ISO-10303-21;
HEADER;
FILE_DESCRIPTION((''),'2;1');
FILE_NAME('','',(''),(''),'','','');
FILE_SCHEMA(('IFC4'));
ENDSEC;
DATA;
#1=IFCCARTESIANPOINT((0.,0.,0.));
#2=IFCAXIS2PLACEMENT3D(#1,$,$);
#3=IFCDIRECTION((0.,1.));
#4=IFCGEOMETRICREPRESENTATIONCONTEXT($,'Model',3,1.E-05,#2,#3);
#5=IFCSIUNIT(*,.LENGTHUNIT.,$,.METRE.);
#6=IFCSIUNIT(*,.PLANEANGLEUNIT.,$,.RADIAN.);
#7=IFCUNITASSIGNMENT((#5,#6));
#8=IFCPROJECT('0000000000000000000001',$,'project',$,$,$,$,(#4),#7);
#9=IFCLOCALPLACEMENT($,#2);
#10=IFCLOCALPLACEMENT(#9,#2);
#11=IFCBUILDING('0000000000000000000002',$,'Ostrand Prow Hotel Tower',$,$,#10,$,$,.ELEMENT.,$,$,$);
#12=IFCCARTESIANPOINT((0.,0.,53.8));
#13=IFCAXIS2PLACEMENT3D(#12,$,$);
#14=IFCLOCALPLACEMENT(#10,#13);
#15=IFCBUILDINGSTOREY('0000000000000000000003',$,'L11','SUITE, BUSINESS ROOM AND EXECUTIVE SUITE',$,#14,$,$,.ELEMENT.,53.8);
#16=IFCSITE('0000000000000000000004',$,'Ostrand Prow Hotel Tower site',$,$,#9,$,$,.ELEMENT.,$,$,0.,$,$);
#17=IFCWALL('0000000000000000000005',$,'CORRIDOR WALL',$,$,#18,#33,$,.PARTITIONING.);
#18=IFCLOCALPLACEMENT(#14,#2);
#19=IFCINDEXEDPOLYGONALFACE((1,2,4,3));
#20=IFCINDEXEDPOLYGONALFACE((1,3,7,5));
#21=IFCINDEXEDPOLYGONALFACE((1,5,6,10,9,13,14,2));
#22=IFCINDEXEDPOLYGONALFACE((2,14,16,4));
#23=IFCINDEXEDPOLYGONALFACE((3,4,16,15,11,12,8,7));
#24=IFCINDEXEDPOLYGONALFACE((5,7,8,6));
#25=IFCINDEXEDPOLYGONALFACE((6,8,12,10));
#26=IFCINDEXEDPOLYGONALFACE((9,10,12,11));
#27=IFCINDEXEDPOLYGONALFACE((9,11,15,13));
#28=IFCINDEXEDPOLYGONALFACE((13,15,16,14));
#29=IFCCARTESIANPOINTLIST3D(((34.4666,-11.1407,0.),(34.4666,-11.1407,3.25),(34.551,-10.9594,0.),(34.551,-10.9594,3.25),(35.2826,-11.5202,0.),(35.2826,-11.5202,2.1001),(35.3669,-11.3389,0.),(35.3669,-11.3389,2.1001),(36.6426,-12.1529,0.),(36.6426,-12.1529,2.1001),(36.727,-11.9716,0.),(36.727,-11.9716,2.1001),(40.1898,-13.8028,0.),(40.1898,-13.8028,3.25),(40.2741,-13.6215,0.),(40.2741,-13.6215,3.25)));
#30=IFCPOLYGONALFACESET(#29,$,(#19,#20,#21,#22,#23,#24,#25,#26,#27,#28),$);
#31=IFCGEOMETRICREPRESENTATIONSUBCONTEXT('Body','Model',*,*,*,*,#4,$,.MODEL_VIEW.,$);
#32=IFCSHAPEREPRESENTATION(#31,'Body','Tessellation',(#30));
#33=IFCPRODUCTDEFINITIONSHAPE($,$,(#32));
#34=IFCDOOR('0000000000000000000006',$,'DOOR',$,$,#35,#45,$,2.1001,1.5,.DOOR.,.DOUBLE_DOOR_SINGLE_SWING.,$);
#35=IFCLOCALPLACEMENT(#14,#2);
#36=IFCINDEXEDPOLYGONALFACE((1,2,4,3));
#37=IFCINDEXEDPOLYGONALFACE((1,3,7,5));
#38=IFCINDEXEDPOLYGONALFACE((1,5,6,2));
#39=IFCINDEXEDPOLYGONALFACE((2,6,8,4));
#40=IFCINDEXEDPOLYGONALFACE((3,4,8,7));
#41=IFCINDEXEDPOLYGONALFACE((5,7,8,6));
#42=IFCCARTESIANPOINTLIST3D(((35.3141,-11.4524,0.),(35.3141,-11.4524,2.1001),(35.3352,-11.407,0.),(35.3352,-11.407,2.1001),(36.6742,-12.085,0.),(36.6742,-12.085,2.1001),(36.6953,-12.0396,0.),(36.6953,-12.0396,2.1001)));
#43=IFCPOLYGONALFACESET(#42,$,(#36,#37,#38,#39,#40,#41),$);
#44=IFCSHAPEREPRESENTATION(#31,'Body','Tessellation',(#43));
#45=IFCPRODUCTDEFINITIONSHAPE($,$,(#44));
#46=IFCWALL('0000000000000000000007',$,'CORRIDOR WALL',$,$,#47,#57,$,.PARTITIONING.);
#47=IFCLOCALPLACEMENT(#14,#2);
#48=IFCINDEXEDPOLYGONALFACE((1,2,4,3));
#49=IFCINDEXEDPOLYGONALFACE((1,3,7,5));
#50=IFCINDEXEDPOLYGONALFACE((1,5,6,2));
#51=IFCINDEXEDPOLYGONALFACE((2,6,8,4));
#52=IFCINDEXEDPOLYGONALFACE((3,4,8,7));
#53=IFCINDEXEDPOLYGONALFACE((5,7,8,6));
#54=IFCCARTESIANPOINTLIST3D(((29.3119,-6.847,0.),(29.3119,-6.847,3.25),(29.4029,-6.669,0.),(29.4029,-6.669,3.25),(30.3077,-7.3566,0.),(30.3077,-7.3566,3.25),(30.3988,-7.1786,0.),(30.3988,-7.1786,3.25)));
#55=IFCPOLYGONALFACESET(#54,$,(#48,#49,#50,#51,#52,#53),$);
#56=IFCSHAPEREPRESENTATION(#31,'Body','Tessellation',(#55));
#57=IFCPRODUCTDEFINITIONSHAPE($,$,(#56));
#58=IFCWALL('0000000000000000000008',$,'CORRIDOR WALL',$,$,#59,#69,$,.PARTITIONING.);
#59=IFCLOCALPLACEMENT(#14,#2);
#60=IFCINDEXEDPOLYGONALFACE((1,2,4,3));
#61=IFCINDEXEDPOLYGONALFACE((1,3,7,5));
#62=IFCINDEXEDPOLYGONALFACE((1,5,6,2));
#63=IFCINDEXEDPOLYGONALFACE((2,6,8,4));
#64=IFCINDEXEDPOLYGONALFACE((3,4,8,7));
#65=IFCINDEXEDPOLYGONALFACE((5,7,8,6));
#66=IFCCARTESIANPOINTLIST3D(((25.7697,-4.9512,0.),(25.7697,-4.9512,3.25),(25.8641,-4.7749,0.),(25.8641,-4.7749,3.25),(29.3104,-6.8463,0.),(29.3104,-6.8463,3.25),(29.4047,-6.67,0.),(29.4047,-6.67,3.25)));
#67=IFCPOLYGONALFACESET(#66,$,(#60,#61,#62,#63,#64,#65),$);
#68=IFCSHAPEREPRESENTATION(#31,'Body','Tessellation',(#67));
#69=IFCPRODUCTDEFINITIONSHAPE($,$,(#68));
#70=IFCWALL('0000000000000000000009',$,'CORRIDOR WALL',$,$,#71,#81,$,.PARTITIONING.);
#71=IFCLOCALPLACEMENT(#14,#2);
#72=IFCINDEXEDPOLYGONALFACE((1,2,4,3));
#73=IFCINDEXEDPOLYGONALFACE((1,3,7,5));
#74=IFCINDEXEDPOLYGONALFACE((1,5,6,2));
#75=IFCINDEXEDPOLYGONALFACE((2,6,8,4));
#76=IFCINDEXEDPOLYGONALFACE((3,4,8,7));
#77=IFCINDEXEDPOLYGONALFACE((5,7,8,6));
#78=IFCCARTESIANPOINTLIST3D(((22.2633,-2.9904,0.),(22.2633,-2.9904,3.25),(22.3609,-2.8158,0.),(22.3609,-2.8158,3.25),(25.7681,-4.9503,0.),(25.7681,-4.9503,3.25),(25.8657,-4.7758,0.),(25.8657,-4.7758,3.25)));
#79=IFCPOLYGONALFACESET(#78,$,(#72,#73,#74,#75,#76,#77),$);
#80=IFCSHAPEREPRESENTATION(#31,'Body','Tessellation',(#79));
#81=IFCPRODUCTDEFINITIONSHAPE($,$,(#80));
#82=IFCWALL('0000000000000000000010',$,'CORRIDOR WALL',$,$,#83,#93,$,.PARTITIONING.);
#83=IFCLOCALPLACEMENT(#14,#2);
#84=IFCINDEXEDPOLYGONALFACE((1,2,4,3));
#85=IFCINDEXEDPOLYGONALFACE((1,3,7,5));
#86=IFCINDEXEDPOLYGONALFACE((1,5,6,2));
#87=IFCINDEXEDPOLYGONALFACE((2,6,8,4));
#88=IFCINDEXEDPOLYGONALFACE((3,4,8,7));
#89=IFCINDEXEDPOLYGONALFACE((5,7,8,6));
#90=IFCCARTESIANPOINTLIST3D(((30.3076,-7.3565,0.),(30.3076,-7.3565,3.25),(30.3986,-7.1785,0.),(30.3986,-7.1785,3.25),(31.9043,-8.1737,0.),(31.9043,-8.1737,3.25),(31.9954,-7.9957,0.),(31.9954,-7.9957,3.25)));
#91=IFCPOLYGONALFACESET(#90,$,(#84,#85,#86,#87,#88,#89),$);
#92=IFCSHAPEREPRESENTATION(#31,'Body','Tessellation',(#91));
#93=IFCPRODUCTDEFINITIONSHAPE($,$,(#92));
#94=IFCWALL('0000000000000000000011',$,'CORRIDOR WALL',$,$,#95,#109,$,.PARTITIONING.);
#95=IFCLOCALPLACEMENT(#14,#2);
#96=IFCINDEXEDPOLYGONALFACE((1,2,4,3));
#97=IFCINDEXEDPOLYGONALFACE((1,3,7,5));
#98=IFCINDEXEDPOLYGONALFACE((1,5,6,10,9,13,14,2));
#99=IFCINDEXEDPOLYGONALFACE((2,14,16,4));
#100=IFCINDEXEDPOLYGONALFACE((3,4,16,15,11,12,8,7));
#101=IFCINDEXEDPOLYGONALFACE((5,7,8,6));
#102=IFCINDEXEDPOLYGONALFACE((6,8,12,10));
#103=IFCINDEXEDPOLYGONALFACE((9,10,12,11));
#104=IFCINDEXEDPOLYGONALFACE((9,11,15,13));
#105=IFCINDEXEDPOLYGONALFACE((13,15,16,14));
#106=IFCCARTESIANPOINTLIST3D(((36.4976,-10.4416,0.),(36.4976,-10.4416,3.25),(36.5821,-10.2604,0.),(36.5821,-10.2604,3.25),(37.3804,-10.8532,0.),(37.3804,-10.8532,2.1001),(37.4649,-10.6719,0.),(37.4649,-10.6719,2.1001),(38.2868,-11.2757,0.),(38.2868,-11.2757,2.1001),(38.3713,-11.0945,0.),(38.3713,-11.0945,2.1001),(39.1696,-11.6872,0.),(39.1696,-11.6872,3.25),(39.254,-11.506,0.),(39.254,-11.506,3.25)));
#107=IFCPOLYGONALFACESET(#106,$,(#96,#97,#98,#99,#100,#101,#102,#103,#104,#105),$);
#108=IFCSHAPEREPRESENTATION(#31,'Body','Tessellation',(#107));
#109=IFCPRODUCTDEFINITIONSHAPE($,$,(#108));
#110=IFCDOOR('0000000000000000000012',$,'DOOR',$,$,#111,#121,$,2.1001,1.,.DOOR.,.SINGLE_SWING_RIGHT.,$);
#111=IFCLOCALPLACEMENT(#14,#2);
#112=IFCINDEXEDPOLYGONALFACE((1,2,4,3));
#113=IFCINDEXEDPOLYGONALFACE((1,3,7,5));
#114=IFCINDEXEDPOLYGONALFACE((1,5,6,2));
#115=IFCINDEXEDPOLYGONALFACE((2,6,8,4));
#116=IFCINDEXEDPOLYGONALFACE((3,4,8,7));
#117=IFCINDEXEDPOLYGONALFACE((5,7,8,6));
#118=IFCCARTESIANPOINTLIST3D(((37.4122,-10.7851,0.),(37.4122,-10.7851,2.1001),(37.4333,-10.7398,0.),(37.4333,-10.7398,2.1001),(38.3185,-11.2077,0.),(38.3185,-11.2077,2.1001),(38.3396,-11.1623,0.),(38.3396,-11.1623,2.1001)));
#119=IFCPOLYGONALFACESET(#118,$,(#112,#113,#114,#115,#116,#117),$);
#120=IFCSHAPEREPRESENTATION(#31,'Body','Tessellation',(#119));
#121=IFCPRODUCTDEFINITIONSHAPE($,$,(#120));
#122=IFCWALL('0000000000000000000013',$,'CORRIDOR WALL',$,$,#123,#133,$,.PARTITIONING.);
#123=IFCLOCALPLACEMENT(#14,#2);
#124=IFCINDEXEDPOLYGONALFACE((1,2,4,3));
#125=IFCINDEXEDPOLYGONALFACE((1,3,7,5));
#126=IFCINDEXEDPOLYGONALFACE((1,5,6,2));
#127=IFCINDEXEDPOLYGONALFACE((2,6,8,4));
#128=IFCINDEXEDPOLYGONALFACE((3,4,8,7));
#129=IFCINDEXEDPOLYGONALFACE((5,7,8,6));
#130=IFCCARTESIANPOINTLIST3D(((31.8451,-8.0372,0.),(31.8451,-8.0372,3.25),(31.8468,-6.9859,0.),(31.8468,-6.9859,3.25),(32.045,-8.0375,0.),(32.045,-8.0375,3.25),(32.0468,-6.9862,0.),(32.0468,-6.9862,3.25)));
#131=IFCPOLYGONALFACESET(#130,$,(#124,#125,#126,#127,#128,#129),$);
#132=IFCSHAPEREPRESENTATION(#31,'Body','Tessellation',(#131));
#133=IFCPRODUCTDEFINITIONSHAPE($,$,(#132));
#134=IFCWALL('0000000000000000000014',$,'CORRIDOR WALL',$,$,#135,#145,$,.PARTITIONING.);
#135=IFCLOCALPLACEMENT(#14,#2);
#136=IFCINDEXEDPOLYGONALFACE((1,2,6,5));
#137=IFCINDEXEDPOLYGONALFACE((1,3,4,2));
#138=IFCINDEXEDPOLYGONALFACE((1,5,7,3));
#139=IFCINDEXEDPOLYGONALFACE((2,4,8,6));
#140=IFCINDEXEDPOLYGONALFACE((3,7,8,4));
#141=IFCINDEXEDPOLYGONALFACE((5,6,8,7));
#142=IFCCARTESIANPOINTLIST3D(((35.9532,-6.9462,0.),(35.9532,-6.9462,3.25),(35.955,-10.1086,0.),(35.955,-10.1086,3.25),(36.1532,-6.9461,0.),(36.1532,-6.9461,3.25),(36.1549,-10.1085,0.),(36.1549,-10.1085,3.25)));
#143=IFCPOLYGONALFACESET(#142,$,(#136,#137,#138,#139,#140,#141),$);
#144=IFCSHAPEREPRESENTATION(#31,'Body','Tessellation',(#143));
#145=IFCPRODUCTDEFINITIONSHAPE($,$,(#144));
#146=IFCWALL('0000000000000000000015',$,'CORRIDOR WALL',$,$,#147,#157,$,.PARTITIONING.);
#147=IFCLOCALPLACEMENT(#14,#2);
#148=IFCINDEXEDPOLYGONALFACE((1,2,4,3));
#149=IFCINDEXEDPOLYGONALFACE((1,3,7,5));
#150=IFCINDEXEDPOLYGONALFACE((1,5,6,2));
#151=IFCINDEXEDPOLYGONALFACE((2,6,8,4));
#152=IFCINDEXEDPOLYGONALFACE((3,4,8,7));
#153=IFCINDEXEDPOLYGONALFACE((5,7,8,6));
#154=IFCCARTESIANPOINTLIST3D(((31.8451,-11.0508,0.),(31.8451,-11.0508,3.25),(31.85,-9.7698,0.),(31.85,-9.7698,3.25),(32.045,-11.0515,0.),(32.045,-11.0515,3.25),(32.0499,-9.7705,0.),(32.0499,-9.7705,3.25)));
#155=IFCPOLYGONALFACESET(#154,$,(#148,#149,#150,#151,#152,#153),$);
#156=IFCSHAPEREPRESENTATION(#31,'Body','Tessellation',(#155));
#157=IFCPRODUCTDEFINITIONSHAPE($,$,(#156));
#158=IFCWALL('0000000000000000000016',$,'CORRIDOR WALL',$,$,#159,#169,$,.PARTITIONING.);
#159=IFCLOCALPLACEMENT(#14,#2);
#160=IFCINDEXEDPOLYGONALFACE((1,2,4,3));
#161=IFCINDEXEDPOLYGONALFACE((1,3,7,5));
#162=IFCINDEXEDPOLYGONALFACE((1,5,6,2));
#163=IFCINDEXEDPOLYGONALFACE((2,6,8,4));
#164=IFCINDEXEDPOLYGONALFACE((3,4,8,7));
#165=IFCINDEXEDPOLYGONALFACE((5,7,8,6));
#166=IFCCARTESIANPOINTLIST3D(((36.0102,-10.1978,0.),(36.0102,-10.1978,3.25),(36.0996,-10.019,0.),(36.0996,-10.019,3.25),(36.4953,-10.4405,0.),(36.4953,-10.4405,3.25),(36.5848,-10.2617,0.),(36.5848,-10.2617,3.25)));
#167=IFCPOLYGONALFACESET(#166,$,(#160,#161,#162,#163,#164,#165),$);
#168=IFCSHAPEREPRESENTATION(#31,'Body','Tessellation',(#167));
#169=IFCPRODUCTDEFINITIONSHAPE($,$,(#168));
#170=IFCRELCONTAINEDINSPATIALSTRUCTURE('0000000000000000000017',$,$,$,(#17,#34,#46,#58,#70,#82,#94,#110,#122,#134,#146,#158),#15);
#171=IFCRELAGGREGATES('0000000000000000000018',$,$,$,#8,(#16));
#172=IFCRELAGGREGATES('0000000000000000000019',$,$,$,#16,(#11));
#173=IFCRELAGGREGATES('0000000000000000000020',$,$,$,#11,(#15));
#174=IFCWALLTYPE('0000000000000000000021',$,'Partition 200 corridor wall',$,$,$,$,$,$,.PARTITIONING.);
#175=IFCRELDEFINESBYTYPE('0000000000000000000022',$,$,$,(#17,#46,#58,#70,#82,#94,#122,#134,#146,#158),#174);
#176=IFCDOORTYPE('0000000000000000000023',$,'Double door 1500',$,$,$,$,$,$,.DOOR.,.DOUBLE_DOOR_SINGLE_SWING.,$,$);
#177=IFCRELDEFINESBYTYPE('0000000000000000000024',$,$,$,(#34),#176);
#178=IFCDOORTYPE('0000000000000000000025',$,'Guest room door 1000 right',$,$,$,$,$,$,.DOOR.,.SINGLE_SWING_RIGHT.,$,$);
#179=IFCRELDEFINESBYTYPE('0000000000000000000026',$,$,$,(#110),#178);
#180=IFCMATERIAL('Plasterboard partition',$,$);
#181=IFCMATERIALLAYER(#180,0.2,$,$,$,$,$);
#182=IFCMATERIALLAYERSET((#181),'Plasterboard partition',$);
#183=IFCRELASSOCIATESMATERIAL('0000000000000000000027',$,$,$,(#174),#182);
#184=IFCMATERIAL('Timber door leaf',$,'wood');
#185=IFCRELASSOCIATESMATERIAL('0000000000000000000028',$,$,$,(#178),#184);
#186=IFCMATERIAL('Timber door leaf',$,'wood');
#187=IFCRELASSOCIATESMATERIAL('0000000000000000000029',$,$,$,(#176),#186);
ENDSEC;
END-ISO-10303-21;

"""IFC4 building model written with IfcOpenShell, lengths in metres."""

from ifc_helpers import new_model, si_unit, direction, frame, frame_2d, origin, place, context, subcontext, project, spatial, rectangle, extrude, material, layer, layer_set, type_object, element, fill, save


model = new_model("IFC4")

# Units and contexts
model_context = context("Model", 3, precision=1e-05, world=origin(), true_north=direction((0.0, 1.0)))
body_context = subcontext(model_context, "Body", "Model", "MODEL_VIEW")
ifc_project = project(units=[si_unit("LENGTHUNIT", "METRE"), si_unit("PLANEANGLEUNIT", "RADIAN")], contexts=[model_context])

# Site, building, storey
site_placement = place(None, origin())
site = spatial("IfcSite", under=ifc_project, at=site_placement, Name="Ostrand Prow Hotel Tower site", CompositionType="ELEMENT", RefElevation=0.0)
building_placement = place(site_placement, origin())
building = spatial("IfcBuilding", under=site, at=building_placement, Name="Ostrand Prow Hotel Tower", CompositionType="ELEMENT")
storey_placement = place(building_placement, frame((0.0, 0.0, 53.8)))
storey = spatial("IfcBuildingStorey", under=building, at=storey_placement, Name="L11", Description="SUITE, BUSINESS ROOM AND EXECUTIVE SUITE", CompositionType="ELEMENT", Elevation=53.8)

# Wall, opening, door
ifc_material_1 = material(Name="Plasterboard partition")
ifc_layer_1 = layer(ifc_material_1, 0.2)
ifc_layer_set_1 = layer_set([ifc_layer_1], Name="Plasterboard partition")
wall_type_1 = type_object("IfcWallType", Name="Partition 200 corridor wall", PredefinedType="PARTITIONING", material=ifc_layer_set_1)
ifc_material_2 = material(Name="Timber door leaf", Category="wood")
door_type_1 = type_object("IfcDoorType", Name="Guest room door 1000 right", OperationType="SINGLE_SWING_RIGHT", PredefinedType="DOOR", material=ifc_material_2)
wall_1_placement = place(storey_placement, frame((34.5088, -11.05, 0.0), z_axis=(0.0, 0.0, 1.0), x_axis=(0.90671, -0.421754, 0.0)))
wall_1 = element("IfcWall", 1, at=wall_1_placement, inside=storey, type_object=wall_type_1, Name="CORRIDOR WALL", PredefinedType="PARTITIONING", context=body_context, shape_type="SweptSolid", body=[
    extrude(rectangle(XDim=6.312, YDim=0.2, at=frame_2d((3.156, 0.0))), origin(), (0.0, 0.0, 1.0), 3.25),
])
opening_1_placement = place(wall_1_placement, frame((0.8999, 0.0, 0.0)))
opening_1 = element("IfcOpeningElement", 2, at=opening_1_placement, cuts=wall_1, PredefinedType="OPENING", context=body_context, shape_type="SweptSolid", body=[
    extrude(rectangle(XDim=1.5, YDim=2.1001, at=frame_2d((0.75, 1.05))), frame((0.0, 0.1099, 0.0), z_axis=(0.0, -1.0, 0.0), x_axis=(1.0, 0.0, 0.0)), (0.0, 0.0, 1.0), 0.22),
])
ifc_material_3 = material(Name="Timber door leaf", Category="wood")
door_type_2 = type_object("IfcDoorType", Name="Double door 1500", OperationType="DOUBLE_DOOR_SINGLE_SWING", PredefinedType="DOOR", material=ifc_material_3)
door_1_placement = place(opening_1_placement, origin())
door_1 = element("IfcDoor", 3, at=door_1_placement, inside=storey, type_object=door_type_2, Name="DOOR", OperationType="DOUBLE_DOOR_SINGLE_SWING", OverallHeight=2.1001, OverallWidth=1.5, PredefinedType="DOOR", context=body_context, shape_type="SweptSolid", body=[
    extrude(rectangle(XDim=1.5, YDim=2.1001, at=frame_2d((0.75, 1.05))), frame((0.0, 0.0249, 0.0), z_axis=(0.0, -1.0, 0.0), x_axis=(1.0, 0.0, 0.0)), (0.0, 0.0, 1.0), 0.05),
])
fill(opening_1, door_1)

# Walls
wall_2_placement = place(storey_placement, frame((30.3533, -7.2676, 0.0), z_axis=(0.0, 0.0, 1.0), x_axis=(-0.890242, 0.455488, 0.0)))
element("IfcWall", 4, at=wall_2_placement, inside=storey, type_object=wall_type_1, Name="CORRIDOR WALL", PredefinedType="PARTITIONING", context=body_context, shape_type="SweptSolid", body=[
    extrude(rectangle(XDim=1.1187, YDim=0.2, at=frame_2d((0.5593, 0.0))), origin(), (0.0, 0.0, 1.0), 3.25),
])
wall_3_placement = place(storey_placement, frame((29.3574, -6.7581, 0.0), z_axis=(0.0, 0.0, 1.0), x_axis=(-0.881655, 0.471894, 0.0)))
element("IfcWall", 5, at=wall_3_placement, inside=storey, type_object=wall_type_1, Name="CORRIDOR WALL", PredefinedType="PARTITIONING", context=body_context, shape_type="SweptSolid", body=[
    extrude(rectangle(XDim=4.0159, YDim=0.2, at=frame_2d((2.0078, 0.0))), origin(), (0.0, 0.0, 1.0), 3.25),
])
wall_4_placement = place(storey_placement, frame((25.8169, -4.863, 0.0), z_axis=(0.0, 0.0, 1.0), x_axis=(-0.8728, 0.488078, 0.0)))
element("IfcWall", 6, at=wall_4_placement, inside=storey, type_object=wall_type_1, Name="CORRIDOR WALL", PredefinedType="PARTITIONING", context=body_context, shape_type="SweptSolid", body=[
    extrude(rectangle(XDim=4.0156, YDim=0.2, at=frame_2d((2.0078, 0.0))), origin(), (0.0, 0.0, 1.0), 3.25),
])
wall_5_placement = place(storey_placement, frame((31.95, -8.0847, 0.0), z_axis=(0.0, 0.0, 1.0), x_axis=(-0.890196, 0.455579, 0.0)))
element("IfcWall", 7, at=wall_5_placement, inside=storey, type_object=wall_type_1, Name="CORRIDOR WALL", PredefinedType="PARTITIONING", context=body_context, shape_type="SweptSolid", body=[
    extrude(rectangle(XDim=1.7937, YDim=0.2, at=frame_2d((0.897, 0.0))), origin(), (0.0, 0.0, 1.0), 3.25),
])

# Wall, opening, door
wall_6_placement = place(storey_placement, frame((39.2119, -11.5967, 0.0), z_axis=(0.0, 0.0, 1.0), x_axis=(-0.906348, 0.422532, 0.0)))
wall_6 = element("IfcWall", 8, at=wall_6_placement, inside=storey, type_object=wall_type_1, Name="CORRIDOR WALL", PredefinedType="PARTITIONING", context=body_context, shape_type="SweptSolid", body=[
    extrude(rectangle(XDim=2.948, YDim=0.2, at=frame_2d((1.4741, 0.0))), origin(), (0.0, 0.0, 1.0), 3.25),
])
opening_2_placement = place(wall_6_placement, frame((0.9741, 0.0, 0.0)))
opening_2 = element("IfcOpeningElement", 9, at=opening_2_placement, cuts=wall_6, PredefinedType="OPENING", context=body_context, shape_type="SweptSolid", body=[
    extrude(rectangle(XDim=1.0, YDim=2.1001, at=frame_2d((0.5, 1.05))), frame((0.0, 0.1099, 0.0), z_axis=(0.0, -1.0, 0.0), x_axis=(1.0, 0.0, 0.0)), (0.0, 0.0, 1.0), 0.22),
])
door_2_placement = place(opening_2_placement, origin())
door_2 = element("IfcDoor", 10, at=door_2_placement, inside=storey, type_object=door_type_1, Name="DOOR", OperationType="SINGLE_SWING_RIGHT", OverallHeight=2.1001, OverallWidth=1.0, PredefinedType="DOOR", context=body_context, shape_type="SweptSolid", body=[
    extrude(rectangle(XDim=1.0, YDim=2.1001, at=frame_2d((0.5, 1.05))), frame((0.0, 0.0249, 0.0), z_axis=(0.0, -1.0, 0.0), x_axis=(1.0, 0.0, 0.0)), (0.0, 0.0, 1.0), 0.05),
])
fill(opening_2, door_2)

# Walls
wall_7_placement = place(storey_placement, frame((31.9468, -6.9861, 0.0), z_axis=(0.0, 0.0, 1.0), x_axis=(-0.001626, -0.999999, 0.0)))
element("IfcWall", 11, at=wall_7_placement, inside=storey, type_object=wall_type_1, Name="CORRIDOR WALL", PredefinedType="PARTITIONING", context=body_context, shape_type="SweptSolid", body=[
    extrude(rectangle(XDim=1.0513, YDim=0.2, at=frame_2d((0.5256, 0.0))), origin(), (0.0, 0.0, 1.0), 3.25),
])
wall_8_placement = place(storey_placement, frame((36.0549, -10.1084, 0.0), z_axis=(0.0, 0.0, 1.0), x_axis=(-0.00054, 1.0, 0.0)))
element("IfcWall", 12, at=wall_8_placement, inside=storey, type_object=wall_type_1, Name="CORRIDOR WALL", PredefinedType="PARTITIONING", context=body_context, shape_type="SweptSolid", body=[
    extrude(rectangle(XDim=3.1624, YDim=0.2, at=frame_2d((1.5811, 0.0))), origin(), (0.0, 0.0, 1.0), 3.25),
])
wall_9_placement = place(storey_placement, frame((31.95, -9.77, 0.0), z_axis=(0.0, 0.0, 1.0), x_axis=(-0.003812, -0.999993, 0.0)))
element("IfcWall", 13, at=wall_9_placement, inside=storey, type_object=wall_type_1, Name="CORRIDOR WALL", PredefinedType="PARTITIONING", context=body_context, shape_type="SweptSolid", body=[
    extrude(rectangle(XDim=1.281, YDim=0.2, at=frame_2d((0.6406, 0.0))), origin(), (0.0, 0.0, 1.0), 3.25),
])
wall_10_placement = place(storey_placement, frame((36.54, -10.3511, 0.0), z_axis=(0.0, 0.0, 1.0), x_axis=(-0.894337, 0.447394, 0.0)))
element("IfcWall", 14, at=wall_10_placement, inside=storey, type_object=wall_type_1, Name="CORRIDOR WALL", PredefinedType="PARTITIONING", context=body_context, shape_type="SweptSolid", body=[
    extrude(rectangle(XDim=0.5425, YDim=0.2, at=frame_2d((0.2712, 0.0))), origin(), (0.0, 0.0, 1.0), 3.25),
])

save(model, "model.ifc")
